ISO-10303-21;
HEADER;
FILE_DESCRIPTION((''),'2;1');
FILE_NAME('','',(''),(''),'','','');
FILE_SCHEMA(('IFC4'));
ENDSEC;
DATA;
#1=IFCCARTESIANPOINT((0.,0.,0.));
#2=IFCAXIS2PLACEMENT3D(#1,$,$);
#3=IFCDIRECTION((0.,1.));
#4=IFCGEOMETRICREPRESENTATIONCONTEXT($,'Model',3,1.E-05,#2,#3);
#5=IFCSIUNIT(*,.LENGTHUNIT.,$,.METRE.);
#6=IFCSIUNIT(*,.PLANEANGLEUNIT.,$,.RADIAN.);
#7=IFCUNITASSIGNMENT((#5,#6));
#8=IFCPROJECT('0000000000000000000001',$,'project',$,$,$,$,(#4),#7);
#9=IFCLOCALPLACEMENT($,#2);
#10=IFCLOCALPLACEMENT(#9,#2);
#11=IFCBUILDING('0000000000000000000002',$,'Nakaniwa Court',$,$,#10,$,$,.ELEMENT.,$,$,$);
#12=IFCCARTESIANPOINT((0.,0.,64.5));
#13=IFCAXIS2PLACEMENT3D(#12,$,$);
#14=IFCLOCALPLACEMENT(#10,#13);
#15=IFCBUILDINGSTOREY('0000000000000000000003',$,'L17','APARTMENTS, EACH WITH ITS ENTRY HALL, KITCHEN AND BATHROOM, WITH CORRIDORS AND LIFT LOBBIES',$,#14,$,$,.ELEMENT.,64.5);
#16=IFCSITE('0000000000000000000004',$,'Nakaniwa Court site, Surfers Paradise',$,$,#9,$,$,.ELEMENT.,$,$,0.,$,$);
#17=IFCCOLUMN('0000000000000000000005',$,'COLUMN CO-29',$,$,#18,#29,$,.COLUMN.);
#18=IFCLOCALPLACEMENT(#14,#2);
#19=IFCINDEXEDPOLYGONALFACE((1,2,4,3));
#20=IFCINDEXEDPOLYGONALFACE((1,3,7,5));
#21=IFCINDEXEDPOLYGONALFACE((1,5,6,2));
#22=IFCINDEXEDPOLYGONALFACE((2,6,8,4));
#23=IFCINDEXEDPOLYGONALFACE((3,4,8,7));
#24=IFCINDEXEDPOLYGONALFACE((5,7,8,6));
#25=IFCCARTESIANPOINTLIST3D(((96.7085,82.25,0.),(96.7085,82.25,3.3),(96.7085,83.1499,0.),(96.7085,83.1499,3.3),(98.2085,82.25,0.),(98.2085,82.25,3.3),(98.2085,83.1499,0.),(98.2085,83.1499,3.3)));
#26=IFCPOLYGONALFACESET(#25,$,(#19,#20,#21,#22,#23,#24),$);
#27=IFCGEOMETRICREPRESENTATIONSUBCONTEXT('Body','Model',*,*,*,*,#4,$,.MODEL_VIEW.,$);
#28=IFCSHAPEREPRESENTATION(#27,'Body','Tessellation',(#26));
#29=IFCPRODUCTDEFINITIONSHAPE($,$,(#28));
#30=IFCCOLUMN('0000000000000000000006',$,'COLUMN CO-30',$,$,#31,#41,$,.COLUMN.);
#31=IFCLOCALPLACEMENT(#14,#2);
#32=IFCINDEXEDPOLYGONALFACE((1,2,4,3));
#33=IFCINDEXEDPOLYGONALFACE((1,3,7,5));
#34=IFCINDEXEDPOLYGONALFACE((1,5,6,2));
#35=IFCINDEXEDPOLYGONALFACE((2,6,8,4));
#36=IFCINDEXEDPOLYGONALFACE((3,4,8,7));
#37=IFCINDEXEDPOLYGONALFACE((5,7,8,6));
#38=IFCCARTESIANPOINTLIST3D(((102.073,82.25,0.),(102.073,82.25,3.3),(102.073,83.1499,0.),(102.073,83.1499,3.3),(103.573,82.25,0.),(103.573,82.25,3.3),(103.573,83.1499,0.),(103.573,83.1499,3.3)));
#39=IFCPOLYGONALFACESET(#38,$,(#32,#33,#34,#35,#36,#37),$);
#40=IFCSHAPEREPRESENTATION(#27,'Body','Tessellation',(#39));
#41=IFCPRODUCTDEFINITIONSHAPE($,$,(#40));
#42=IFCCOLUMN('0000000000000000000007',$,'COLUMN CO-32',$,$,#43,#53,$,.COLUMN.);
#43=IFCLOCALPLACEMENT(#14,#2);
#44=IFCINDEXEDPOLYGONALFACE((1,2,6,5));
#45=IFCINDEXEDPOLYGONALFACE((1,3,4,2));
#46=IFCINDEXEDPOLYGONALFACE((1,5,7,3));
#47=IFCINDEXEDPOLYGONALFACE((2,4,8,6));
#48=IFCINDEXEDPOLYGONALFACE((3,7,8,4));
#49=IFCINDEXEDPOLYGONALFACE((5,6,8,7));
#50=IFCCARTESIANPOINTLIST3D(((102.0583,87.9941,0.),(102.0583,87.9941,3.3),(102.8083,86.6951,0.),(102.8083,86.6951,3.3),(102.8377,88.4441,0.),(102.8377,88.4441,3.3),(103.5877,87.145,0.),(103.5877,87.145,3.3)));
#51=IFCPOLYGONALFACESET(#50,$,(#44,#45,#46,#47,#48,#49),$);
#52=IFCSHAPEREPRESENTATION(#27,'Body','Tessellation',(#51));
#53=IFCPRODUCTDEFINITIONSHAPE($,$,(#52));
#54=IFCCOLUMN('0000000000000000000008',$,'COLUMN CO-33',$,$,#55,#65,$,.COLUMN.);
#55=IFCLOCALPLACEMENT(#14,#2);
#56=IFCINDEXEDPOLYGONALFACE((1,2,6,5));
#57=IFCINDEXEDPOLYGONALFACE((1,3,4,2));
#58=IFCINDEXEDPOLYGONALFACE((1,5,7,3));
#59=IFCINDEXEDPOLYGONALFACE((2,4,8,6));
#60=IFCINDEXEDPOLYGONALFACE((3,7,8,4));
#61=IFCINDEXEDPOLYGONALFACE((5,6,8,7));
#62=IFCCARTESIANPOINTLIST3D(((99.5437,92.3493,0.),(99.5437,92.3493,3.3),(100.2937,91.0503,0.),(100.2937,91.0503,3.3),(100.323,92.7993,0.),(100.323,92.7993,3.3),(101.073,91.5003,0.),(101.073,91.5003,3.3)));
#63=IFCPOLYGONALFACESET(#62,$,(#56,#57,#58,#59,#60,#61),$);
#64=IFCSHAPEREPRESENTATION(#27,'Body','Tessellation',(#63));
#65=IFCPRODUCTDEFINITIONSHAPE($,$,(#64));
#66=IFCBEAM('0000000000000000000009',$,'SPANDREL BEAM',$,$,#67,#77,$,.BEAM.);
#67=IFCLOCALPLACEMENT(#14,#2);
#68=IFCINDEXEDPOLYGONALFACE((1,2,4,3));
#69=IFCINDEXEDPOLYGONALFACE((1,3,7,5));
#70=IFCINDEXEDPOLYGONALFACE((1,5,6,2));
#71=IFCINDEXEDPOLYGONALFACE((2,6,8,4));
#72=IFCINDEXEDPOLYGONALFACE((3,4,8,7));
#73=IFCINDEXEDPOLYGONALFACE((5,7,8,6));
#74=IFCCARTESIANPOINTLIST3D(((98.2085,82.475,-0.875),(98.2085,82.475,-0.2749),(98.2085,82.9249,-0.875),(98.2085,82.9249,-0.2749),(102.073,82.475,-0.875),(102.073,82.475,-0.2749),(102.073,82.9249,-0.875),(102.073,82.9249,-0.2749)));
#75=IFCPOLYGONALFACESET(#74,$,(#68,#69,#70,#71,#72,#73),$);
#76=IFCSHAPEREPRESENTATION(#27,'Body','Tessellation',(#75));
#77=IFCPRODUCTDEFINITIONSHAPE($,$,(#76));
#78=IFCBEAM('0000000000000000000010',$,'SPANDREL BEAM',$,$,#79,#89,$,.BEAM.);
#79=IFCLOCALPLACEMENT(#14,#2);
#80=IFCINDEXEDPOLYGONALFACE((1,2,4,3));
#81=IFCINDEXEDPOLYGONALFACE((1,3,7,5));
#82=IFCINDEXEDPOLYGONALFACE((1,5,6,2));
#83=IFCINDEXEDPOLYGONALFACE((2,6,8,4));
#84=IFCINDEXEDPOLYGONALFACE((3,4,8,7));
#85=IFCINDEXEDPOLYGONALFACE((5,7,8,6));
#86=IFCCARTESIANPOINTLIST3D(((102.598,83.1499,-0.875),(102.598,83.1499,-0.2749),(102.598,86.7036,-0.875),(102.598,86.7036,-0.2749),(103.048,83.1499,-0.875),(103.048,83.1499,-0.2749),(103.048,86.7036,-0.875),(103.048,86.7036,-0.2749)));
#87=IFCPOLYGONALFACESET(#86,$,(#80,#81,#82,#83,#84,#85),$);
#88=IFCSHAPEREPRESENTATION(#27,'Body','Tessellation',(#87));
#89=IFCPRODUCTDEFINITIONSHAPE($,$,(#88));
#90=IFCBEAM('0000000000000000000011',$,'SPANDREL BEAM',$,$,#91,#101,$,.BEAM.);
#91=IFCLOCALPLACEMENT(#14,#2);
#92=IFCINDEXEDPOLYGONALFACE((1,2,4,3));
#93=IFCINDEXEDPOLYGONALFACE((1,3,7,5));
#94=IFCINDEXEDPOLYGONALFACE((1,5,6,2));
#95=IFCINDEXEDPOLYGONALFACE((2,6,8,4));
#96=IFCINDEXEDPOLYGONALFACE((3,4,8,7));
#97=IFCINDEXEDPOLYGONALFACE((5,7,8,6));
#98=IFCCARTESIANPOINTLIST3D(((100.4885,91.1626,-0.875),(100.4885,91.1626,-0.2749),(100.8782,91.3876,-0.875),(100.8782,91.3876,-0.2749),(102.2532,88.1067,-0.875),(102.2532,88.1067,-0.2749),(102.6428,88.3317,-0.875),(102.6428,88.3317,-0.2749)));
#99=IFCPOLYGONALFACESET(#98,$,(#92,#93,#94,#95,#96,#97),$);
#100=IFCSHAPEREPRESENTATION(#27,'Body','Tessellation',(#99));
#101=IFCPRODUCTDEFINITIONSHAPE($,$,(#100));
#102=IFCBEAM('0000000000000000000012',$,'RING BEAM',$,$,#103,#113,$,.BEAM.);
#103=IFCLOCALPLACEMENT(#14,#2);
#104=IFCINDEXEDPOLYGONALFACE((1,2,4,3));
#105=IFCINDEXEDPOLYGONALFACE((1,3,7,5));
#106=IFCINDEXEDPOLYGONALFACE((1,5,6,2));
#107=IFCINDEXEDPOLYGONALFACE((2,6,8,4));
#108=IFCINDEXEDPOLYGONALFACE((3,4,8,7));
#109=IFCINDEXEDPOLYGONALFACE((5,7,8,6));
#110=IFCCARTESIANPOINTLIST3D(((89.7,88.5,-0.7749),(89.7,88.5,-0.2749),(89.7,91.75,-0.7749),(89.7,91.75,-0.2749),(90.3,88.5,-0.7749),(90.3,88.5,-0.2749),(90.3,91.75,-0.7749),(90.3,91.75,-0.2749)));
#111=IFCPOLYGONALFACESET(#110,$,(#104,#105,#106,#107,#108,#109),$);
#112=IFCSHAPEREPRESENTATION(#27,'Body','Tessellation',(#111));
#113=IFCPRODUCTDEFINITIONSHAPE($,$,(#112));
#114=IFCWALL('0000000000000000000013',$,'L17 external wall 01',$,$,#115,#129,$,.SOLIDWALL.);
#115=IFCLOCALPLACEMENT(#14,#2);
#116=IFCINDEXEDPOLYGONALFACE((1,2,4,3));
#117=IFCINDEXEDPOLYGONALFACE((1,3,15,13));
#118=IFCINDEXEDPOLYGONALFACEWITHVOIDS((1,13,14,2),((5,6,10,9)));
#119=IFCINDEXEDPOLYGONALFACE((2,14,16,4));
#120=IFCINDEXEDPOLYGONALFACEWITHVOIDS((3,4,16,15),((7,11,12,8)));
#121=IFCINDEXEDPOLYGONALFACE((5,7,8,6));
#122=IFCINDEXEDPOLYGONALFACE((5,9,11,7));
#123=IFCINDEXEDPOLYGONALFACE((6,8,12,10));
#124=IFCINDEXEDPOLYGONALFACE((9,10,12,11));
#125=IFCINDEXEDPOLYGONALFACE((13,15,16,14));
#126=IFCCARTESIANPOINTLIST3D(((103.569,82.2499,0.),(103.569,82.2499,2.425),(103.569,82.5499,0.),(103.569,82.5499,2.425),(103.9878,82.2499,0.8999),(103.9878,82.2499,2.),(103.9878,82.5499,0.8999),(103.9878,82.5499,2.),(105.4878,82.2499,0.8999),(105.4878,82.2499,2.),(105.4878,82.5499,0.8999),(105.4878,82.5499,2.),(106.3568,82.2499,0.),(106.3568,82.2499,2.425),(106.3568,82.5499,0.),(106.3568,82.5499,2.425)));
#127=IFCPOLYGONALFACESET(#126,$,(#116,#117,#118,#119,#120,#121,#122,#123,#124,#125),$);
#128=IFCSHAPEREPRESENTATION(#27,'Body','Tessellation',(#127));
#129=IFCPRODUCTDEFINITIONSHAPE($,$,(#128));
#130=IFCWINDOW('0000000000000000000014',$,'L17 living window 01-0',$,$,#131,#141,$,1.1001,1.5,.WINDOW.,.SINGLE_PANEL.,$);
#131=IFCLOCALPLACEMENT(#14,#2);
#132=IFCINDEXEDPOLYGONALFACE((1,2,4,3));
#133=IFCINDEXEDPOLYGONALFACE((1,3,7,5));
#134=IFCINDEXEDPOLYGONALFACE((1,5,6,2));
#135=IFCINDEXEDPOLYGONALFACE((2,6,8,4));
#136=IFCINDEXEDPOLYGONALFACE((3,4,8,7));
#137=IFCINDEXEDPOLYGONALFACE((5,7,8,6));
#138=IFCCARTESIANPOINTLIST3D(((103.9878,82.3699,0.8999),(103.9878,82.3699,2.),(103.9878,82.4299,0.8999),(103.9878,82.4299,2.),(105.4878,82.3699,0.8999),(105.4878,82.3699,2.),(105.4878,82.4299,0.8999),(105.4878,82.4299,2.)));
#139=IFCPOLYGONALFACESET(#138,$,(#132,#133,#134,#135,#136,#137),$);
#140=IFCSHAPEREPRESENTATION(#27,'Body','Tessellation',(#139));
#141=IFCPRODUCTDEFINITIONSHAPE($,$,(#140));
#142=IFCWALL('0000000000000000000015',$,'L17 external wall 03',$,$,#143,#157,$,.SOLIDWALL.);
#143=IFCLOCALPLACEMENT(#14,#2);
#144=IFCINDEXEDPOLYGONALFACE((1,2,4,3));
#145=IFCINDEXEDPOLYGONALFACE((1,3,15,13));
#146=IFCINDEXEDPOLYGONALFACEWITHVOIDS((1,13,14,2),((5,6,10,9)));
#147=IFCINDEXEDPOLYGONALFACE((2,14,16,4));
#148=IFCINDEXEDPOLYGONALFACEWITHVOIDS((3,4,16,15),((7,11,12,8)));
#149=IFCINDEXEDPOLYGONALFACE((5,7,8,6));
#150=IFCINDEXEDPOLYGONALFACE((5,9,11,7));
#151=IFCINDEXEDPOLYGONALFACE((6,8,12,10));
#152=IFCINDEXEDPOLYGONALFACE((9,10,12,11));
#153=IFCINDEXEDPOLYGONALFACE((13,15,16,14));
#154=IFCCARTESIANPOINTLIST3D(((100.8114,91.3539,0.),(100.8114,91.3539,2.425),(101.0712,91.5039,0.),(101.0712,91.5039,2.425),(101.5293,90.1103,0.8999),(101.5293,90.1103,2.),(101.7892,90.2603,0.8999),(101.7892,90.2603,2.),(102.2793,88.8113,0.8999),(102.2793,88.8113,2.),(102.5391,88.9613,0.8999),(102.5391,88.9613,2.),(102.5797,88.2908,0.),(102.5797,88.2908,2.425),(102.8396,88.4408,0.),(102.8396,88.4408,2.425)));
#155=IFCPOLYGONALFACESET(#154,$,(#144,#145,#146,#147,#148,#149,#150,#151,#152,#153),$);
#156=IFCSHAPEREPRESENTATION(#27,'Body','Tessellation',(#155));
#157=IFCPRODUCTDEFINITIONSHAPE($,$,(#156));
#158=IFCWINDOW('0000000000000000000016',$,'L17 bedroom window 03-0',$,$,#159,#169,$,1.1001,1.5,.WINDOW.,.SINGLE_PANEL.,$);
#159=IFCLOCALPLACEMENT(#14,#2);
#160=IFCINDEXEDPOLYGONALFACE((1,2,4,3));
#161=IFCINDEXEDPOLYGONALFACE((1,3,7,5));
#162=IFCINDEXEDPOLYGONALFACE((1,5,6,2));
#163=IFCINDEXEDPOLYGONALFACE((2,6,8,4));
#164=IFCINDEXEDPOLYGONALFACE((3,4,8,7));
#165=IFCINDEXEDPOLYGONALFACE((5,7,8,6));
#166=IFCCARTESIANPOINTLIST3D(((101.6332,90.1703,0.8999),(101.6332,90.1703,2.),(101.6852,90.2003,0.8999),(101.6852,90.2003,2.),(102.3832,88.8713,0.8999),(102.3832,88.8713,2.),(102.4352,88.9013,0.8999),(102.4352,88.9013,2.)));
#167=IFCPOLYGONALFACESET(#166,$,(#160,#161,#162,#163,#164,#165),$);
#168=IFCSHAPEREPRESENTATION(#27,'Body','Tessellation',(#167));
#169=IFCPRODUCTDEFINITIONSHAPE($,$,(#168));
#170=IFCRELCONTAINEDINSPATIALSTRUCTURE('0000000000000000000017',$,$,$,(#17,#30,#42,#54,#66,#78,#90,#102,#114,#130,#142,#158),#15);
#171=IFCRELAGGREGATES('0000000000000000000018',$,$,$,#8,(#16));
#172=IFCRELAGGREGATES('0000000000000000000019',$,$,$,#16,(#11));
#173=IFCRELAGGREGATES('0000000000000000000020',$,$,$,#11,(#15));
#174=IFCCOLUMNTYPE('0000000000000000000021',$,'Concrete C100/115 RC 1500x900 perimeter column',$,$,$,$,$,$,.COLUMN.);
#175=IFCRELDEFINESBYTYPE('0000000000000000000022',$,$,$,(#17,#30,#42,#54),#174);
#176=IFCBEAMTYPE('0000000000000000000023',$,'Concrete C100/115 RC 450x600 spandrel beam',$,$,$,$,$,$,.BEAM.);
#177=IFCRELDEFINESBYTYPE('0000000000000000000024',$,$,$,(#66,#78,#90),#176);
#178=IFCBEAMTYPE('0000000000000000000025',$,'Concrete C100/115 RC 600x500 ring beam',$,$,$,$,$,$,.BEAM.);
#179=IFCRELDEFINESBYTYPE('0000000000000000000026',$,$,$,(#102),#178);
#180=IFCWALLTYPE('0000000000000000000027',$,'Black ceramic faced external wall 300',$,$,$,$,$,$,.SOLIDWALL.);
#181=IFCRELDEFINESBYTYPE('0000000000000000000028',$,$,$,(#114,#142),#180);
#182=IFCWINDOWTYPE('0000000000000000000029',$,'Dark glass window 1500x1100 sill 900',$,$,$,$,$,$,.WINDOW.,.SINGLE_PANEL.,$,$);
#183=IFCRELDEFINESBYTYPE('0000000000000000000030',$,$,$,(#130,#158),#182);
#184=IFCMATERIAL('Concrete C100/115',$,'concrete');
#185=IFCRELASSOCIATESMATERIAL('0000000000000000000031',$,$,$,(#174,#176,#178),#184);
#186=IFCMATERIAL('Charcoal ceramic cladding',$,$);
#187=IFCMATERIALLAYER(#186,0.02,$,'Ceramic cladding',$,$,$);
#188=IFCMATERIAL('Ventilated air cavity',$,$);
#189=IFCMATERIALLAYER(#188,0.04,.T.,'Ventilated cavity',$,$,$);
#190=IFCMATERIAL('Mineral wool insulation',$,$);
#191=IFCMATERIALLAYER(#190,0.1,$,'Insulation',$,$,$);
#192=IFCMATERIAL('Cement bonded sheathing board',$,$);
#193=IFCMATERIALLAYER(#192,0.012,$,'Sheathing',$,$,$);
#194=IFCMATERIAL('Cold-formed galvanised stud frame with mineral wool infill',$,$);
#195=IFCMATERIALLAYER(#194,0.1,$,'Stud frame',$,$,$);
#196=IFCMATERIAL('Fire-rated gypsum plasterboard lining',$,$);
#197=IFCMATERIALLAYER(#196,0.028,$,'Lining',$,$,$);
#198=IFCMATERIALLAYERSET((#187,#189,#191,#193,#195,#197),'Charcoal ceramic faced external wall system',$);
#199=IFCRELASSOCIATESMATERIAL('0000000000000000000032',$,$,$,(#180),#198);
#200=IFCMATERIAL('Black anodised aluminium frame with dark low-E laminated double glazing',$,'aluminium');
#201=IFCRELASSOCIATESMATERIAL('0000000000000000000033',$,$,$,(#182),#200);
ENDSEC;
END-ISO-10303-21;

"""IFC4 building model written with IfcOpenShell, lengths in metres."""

from ifc_helpers import new_model, si_unit, direction, frame, frame_2d, origin, origin_2d, place, context, subcontext, project, spatial, rectangle, extrude, material, layer, layer_set, material_profile, profile_set, type_object, element, fill, save


model = new_model("IFC4")

# Units and contexts
model_context = context("Model", 3, precision=1e-05, world=origin(), true_north=direction((0.0, 1.0)))
body_context = subcontext(model_context, "Body", "Model", "MODEL_VIEW")
ifc_project = project(units=[si_unit("LENGTHUNIT", "METRE"), si_unit("PLANEANGLEUNIT", "RADIAN")], contexts=[model_context])

# Site, building, storey
site_placement = place(None, origin())
site = spatial("IfcSite", under=ifc_project, at=site_placement, Name="Nakaniwa Court site, Surfers Paradise", CompositionType="ELEMENT", RefElevation=0.0)
building_placement = place(site_placement, origin())
building = spatial("IfcBuilding", under=site, at=building_placement, Name="Nakaniwa Court", CompositionType="ELEMENT")
storey_placement = place(building_placement, frame((0.0, 0.0, 64.5)))
storey = spatial("IfcBuildingStorey", under=building, at=storey_placement, Name="L17", Description="APARTMENTS, EACH WITH ITS ENTRY HALL, KITCHEN AND BATHROOM, WITH CORRIDORS AND LIFT LOBBIES", CompositionType="ELEMENT", Elevation=64.5)

# Columns
ifc_material_1 = material(Name="Concrete C100/115", Category="concrete")
ifc_material_profile_1 = material_profile(ifc_material_1, rectangle(XDim=1.5, YDim=0.8999, at=origin_2d()), Name="Concrete C100/115 RC 1500x900 perimeter column")
ifc_profile_set_1 = profile_set([ifc_material_profile_1], Name="Concrete C100/115")
column_type = type_object("IfcColumnType", Name="Concrete C100/115 RC 1500x900 perimeter column", PredefinedType="COLUMN", material=ifc_profile_set_1)
for number, where, z_axis, x_axis, name in (
    (1, (97.4585, 82.7, 0.0), (0.0, 0.0, 1.0), (1.0, 0.0, 0.0), "COLUMN CO-29"),
    (2, (102.823, 82.7, 0.0), (0.0, 0.0, 1.0), (1.0, 0.0, 0.0), "COLUMN CO-30"),
    (3, (102.823, 87.5696, 0.0), (0.0, 0.0, 1.0), (-0.5, 0.866025, 0.0), "COLUMN CO-32"),
    (4, (100.3083, 91.9248, 0.0), (0.0, 0.0, 1.0), (-0.5, 0.866025, 0.0), "COLUMN CO-33"),
):
    element("IfcColumn", number, at=place(storey_placement, frame(where, z_axis=z_axis, x_axis=x_axis)), inside=storey, type_object=column_type, Name=name, PredefinedType="COLUMN", context=body_context, shape_type="SweptSolid", body=[
        extrude(rectangle(XDim=1.5, YDim=0.8999, at=origin_2d()), origin(), (0.0, 0.0, 1.0), 3.3),
    ])

# Beams
ifc_material_profile_2 = material_profile(ifc_material_1, rectangle(XDim=0.45, YDim=0.6001, at=origin_2d()), Name="Concrete C100/115 RC 450x600 spandrel beam")
ifc_profile_set_2 = profile_set([ifc_material_profile_2], Name="Concrete C100/115")
beam_type_1 = type_object("IfcBeamType", Name="Concrete C100/115 RC 450x600 spandrel beam", PredefinedType="BEAM", material=ifc_profile_set_2)
beam_1_placement = place(storey_placement, frame((98.2085, 82.7, -0.575), z_axis=(1.0, 0.0, 0.0), x_axis=(0.0, 1.0, 0.0)))
element("IfcBeam", 5, at=beam_1_placement, inside=storey, type_object=beam_type_1, Name="SPANDREL BEAM", PredefinedType="BEAM", context=body_context, shape_type="SweptSolid", body=[
    extrude(rectangle(XDim=0.45, YDim=0.6001, at=origin_2d()), origin(), (0.0, 0.0, 1.0), 3.8645),
])
beam_2_placement = place(storey_placement, frame((102.823, 83.1499, -0.575), z_axis=(0.0, 1.0, 0.0), x_axis=(-1.0, 0.0, 0.0)))
element("IfcBeam", 6, at=beam_2_placement, inside=storey, type_object=beam_type_1, Name="SPANDREL BEAM", PredefinedType="BEAM", context=body_context, shape_type="SweptSolid", body=[
    extrude(rectangle(XDim=0.45, YDim=0.6001, at=origin_2d()), origin(), (0.0, 0.0, 1.0), 3.5537),
])
beam_3_placement = place(storey_placement, frame((102.448, 88.2192, -0.575), z_axis=(-0.500068, 0.865986, 0.0), x_axis=(-0.865986, -0.500068, 0.0)))
element("IfcBeam", 7, at=beam_3_placement, inside=storey, type_object=beam_type_1, Name="SPANDREL BEAM", PredefinedType="BEAM", context=body_context, shape_type="SweptSolid", body=[
    extrude(rectangle(XDim=0.45, YDim=0.6001, at=origin_2d()), origin(), (0.0, 0.0, 1.0), 3.5288),
])
ifc_material_profile_3 = material_profile(ifc_material_1, rectangle(XDim=0.6001, YDim=0.5, at=origin_2d()), Name="Concrete C100/115 RC 600x500 ring beam")
ifc_profile_set_3 = profile_set([ifc_material_profile_3], Name="Concrete C100/115")
beam_type_2 = type_object("IfcBeamType", Name="Concrete C100/115 RC 600x500 ring beam", PredefinedType="BEAM", material=ifc_profile_set_3)
beam_4_placement = place(storey_placement, frame((90.0, 88.5, -0.5249), z_axis=(0.0, 1.0, 0.0), x_axis=(-1.0, 0.0, 0.0)))
element("IfcBeam", 8, at=beam_4_placement, inside=storey, type_object=beam_type_2, Name="RING BEAM", PredefinedType="BEAM", context=body_context, shape_type="SweptSolid", body=[
    extrude(rectangle(XDim=0.6001, YDim=0.5, at=origin_2d()), origin(), (0.0, 0.0, 1.0), 3.25),
])

# Walls, openings, windows
ifc_material_2 = material(Name="Charcoal ceramic cladding")
ifc_layer_1 = layer(ifc_material_2, 0.02, Name="Ceramic cladding")
ifc_material_3 = material(Name="Ventilated air cavity")
ifc_layer_2 = layer(ifc_material_3, 0.04, ventilated=True, Name="Ventilated cavity")
ifc_material_4 = material(Name="Mineral wool insulation")
ifc_layer_3 = layer(ifc_material_4, 0.1, Name="Insulation")
ifc_material_5 = material(Name="Cement bonded sheathing board")
ifc_layer_4 = layer(ifc_material_5, 0.012, Name="Sheathing")
ifc_material_6 = material(Name="Cold-formed galvanised stud frame with mineral wool infill")
ifc_layer_5 = layer(ifc_material_6, 0.1, Name="Stud frame")
ifc_material_7 = material(Name="Fire-rated gypsum plasterboard lining")
ifc_layer_6 = layer(ifc_material_7, 0.028, Name="Lining")
ifc_layer_set_1 = layer_set([ifc_layer_1, ifc_layer_2, ifc_layer_3, ifc_layer_4, ifc_layer_5, ifc_layer_6], Name="Charcoal ceramic faced external wall system")
wall_type_1 = type_object("IfcWallType", Name="Black ceramic faced external wall 300", PredefinedType="SOLIDWALL", material=ifc_layer_set_1)
wall_1_placement = place(storey_placement, frame((103.5688, 82.3999, 0.0), z_axis=(0.0, 0.0, 1.0), x_axis=(1.0, 0.0, 0.0)))
wall_1 = element("IfcWall", 9, at=wall_1_placement, inside=storey, type_object=wall_type_1, Name="L17 external wall 01", PredefinedType="SOLIDWALL", context=body_context, shape_type="SweptSolid", body=[
    extrude(rectangle(XDim=2.7878, YDim=0.3, at=frame_2d((1.394, 0.0))), origin(), (0.0, 0.0, 1.0), 2.425),
])
opening_1_placement = place(wall_1_placement, frame((0.4189, 0.0, 0.8999)))
opening_1 = element("IfcOpeningElement", 10, at=opening_1_placement, cuts=wall_1, PredefinedType="OPENING", context=body_context, shape_type="SweptSolid", body=[
    extrude(rectangle(XDim=1.5, YDim=1.1001, at=frame_2d((0.75, 0.55))), frame((0.0, 0.1599, 0.0), z_axis=(0.0, -1.0, 0.0), x_axis=(1.0, 0.0, 0.0)), (0.0, 0.0, 1.0), 0.3201),
])
ifc_material_8 = material(Name="Black anodised aluminium frame with dark low-E laminated double glazing", Category="aluminium")
window_type = type_object("IfcWindowType", Name="Dark glass window 1500x1100 sill 900", PartitioningType="SINGLE_PANEL", PredefinedType="WINDOW", material=ifc_material_8)
window_1_placement = place(opening_1_placement, origin())
window_1 = element("IfcWindow", 11, at=window_1_placement, inside=storey, type_object=window_type, Name="L17 living window 01-0", OverallHeight=1.1001, OverallWidth=1.5, PartitioningType="SINGLE_PANEL", PredefinedType="WINDOW", context=body_context, shape_type="SweptSolid", body=[
    extrude(rectangle(XDim=1.5, YDim=1.1001, at=frame_2d((0.75, 0.55))), frame((0.0, 0.03, 0.0), z_axis=(0.0, -1.0, 0.0), x_axis=(1.0, 0.0, 0.0)), (0.0, 0.0, 1.0), 0.0601),
])
fill(opening_1, window_1)
wall_2_placement = place(storey_placement, frame((102.7097, 88.3657, 0.0), z_axis=(0.0, 0.0, 1.0), x_axis=(-0.499977, 0.866038, 0.0)))
wall_2 = element("IfcWall", 12, at=wall_2_placement, inside=storey, type_object=wall_type_1, Name="L17 external wall 03", PredefinedType="SOLIDWALL", context=body_context, shape_type="SweptSolid", body=[
    extrude(rectangle(XDim=3.5369, YDim=0.3, at=frame_2d((1.7686, 0.0))), origin(), (0.0, 0.0, 1.0), 2.425),
])
opening_2_placement = place(wall_2_placement, frame((0.6011, 0.0, 0.8999)))
opening_2 = element("IfcOpeningElement", 13, at=opening_2_placement, cuts=wall_2, PredefinedType="OPENING", context=body_context, shape_type="SweptSolid", body=[
    extrude(rectangle(XDim=1.5, YDim=1.1001, at=frame_2d((0.75, 0.55))), frame((0.0, 0.1599, 0.0), z_axis=(0.0, -1.0, 0.0), x_axis=(1.0, 0.0, 0.0)), (0.0, 0.0, 1.0), 0.3201),
])
window_2_placement = place(opening_2_placement, origin())
window_2 = element("IfcWindow", 14, at=window_2_placement, inside=storey, type_object=window_type, Name="L17 bedroom window 03-0", OverallHeight=1.1001, OverallWidth=1.5, PartitioningType="SINGLE_PANEL", PredefinedType="WINDOW", context=body_context, shape_type="SweptSolid", body=[
    extrude(rectangle(XDim=1.5, YDim=1.1001, at=frame_2d((0.75, 0.55))), frame((0.0, 0.03, 0.0), z_axis=(0.0, -1.0, 0.0), x_axis=(1.0, 0.0, 0.0)), (0.0, 0.0, 1.0), 0.0601),
])
fill(opening_2, window_2)

save(model, "model.ifc")
